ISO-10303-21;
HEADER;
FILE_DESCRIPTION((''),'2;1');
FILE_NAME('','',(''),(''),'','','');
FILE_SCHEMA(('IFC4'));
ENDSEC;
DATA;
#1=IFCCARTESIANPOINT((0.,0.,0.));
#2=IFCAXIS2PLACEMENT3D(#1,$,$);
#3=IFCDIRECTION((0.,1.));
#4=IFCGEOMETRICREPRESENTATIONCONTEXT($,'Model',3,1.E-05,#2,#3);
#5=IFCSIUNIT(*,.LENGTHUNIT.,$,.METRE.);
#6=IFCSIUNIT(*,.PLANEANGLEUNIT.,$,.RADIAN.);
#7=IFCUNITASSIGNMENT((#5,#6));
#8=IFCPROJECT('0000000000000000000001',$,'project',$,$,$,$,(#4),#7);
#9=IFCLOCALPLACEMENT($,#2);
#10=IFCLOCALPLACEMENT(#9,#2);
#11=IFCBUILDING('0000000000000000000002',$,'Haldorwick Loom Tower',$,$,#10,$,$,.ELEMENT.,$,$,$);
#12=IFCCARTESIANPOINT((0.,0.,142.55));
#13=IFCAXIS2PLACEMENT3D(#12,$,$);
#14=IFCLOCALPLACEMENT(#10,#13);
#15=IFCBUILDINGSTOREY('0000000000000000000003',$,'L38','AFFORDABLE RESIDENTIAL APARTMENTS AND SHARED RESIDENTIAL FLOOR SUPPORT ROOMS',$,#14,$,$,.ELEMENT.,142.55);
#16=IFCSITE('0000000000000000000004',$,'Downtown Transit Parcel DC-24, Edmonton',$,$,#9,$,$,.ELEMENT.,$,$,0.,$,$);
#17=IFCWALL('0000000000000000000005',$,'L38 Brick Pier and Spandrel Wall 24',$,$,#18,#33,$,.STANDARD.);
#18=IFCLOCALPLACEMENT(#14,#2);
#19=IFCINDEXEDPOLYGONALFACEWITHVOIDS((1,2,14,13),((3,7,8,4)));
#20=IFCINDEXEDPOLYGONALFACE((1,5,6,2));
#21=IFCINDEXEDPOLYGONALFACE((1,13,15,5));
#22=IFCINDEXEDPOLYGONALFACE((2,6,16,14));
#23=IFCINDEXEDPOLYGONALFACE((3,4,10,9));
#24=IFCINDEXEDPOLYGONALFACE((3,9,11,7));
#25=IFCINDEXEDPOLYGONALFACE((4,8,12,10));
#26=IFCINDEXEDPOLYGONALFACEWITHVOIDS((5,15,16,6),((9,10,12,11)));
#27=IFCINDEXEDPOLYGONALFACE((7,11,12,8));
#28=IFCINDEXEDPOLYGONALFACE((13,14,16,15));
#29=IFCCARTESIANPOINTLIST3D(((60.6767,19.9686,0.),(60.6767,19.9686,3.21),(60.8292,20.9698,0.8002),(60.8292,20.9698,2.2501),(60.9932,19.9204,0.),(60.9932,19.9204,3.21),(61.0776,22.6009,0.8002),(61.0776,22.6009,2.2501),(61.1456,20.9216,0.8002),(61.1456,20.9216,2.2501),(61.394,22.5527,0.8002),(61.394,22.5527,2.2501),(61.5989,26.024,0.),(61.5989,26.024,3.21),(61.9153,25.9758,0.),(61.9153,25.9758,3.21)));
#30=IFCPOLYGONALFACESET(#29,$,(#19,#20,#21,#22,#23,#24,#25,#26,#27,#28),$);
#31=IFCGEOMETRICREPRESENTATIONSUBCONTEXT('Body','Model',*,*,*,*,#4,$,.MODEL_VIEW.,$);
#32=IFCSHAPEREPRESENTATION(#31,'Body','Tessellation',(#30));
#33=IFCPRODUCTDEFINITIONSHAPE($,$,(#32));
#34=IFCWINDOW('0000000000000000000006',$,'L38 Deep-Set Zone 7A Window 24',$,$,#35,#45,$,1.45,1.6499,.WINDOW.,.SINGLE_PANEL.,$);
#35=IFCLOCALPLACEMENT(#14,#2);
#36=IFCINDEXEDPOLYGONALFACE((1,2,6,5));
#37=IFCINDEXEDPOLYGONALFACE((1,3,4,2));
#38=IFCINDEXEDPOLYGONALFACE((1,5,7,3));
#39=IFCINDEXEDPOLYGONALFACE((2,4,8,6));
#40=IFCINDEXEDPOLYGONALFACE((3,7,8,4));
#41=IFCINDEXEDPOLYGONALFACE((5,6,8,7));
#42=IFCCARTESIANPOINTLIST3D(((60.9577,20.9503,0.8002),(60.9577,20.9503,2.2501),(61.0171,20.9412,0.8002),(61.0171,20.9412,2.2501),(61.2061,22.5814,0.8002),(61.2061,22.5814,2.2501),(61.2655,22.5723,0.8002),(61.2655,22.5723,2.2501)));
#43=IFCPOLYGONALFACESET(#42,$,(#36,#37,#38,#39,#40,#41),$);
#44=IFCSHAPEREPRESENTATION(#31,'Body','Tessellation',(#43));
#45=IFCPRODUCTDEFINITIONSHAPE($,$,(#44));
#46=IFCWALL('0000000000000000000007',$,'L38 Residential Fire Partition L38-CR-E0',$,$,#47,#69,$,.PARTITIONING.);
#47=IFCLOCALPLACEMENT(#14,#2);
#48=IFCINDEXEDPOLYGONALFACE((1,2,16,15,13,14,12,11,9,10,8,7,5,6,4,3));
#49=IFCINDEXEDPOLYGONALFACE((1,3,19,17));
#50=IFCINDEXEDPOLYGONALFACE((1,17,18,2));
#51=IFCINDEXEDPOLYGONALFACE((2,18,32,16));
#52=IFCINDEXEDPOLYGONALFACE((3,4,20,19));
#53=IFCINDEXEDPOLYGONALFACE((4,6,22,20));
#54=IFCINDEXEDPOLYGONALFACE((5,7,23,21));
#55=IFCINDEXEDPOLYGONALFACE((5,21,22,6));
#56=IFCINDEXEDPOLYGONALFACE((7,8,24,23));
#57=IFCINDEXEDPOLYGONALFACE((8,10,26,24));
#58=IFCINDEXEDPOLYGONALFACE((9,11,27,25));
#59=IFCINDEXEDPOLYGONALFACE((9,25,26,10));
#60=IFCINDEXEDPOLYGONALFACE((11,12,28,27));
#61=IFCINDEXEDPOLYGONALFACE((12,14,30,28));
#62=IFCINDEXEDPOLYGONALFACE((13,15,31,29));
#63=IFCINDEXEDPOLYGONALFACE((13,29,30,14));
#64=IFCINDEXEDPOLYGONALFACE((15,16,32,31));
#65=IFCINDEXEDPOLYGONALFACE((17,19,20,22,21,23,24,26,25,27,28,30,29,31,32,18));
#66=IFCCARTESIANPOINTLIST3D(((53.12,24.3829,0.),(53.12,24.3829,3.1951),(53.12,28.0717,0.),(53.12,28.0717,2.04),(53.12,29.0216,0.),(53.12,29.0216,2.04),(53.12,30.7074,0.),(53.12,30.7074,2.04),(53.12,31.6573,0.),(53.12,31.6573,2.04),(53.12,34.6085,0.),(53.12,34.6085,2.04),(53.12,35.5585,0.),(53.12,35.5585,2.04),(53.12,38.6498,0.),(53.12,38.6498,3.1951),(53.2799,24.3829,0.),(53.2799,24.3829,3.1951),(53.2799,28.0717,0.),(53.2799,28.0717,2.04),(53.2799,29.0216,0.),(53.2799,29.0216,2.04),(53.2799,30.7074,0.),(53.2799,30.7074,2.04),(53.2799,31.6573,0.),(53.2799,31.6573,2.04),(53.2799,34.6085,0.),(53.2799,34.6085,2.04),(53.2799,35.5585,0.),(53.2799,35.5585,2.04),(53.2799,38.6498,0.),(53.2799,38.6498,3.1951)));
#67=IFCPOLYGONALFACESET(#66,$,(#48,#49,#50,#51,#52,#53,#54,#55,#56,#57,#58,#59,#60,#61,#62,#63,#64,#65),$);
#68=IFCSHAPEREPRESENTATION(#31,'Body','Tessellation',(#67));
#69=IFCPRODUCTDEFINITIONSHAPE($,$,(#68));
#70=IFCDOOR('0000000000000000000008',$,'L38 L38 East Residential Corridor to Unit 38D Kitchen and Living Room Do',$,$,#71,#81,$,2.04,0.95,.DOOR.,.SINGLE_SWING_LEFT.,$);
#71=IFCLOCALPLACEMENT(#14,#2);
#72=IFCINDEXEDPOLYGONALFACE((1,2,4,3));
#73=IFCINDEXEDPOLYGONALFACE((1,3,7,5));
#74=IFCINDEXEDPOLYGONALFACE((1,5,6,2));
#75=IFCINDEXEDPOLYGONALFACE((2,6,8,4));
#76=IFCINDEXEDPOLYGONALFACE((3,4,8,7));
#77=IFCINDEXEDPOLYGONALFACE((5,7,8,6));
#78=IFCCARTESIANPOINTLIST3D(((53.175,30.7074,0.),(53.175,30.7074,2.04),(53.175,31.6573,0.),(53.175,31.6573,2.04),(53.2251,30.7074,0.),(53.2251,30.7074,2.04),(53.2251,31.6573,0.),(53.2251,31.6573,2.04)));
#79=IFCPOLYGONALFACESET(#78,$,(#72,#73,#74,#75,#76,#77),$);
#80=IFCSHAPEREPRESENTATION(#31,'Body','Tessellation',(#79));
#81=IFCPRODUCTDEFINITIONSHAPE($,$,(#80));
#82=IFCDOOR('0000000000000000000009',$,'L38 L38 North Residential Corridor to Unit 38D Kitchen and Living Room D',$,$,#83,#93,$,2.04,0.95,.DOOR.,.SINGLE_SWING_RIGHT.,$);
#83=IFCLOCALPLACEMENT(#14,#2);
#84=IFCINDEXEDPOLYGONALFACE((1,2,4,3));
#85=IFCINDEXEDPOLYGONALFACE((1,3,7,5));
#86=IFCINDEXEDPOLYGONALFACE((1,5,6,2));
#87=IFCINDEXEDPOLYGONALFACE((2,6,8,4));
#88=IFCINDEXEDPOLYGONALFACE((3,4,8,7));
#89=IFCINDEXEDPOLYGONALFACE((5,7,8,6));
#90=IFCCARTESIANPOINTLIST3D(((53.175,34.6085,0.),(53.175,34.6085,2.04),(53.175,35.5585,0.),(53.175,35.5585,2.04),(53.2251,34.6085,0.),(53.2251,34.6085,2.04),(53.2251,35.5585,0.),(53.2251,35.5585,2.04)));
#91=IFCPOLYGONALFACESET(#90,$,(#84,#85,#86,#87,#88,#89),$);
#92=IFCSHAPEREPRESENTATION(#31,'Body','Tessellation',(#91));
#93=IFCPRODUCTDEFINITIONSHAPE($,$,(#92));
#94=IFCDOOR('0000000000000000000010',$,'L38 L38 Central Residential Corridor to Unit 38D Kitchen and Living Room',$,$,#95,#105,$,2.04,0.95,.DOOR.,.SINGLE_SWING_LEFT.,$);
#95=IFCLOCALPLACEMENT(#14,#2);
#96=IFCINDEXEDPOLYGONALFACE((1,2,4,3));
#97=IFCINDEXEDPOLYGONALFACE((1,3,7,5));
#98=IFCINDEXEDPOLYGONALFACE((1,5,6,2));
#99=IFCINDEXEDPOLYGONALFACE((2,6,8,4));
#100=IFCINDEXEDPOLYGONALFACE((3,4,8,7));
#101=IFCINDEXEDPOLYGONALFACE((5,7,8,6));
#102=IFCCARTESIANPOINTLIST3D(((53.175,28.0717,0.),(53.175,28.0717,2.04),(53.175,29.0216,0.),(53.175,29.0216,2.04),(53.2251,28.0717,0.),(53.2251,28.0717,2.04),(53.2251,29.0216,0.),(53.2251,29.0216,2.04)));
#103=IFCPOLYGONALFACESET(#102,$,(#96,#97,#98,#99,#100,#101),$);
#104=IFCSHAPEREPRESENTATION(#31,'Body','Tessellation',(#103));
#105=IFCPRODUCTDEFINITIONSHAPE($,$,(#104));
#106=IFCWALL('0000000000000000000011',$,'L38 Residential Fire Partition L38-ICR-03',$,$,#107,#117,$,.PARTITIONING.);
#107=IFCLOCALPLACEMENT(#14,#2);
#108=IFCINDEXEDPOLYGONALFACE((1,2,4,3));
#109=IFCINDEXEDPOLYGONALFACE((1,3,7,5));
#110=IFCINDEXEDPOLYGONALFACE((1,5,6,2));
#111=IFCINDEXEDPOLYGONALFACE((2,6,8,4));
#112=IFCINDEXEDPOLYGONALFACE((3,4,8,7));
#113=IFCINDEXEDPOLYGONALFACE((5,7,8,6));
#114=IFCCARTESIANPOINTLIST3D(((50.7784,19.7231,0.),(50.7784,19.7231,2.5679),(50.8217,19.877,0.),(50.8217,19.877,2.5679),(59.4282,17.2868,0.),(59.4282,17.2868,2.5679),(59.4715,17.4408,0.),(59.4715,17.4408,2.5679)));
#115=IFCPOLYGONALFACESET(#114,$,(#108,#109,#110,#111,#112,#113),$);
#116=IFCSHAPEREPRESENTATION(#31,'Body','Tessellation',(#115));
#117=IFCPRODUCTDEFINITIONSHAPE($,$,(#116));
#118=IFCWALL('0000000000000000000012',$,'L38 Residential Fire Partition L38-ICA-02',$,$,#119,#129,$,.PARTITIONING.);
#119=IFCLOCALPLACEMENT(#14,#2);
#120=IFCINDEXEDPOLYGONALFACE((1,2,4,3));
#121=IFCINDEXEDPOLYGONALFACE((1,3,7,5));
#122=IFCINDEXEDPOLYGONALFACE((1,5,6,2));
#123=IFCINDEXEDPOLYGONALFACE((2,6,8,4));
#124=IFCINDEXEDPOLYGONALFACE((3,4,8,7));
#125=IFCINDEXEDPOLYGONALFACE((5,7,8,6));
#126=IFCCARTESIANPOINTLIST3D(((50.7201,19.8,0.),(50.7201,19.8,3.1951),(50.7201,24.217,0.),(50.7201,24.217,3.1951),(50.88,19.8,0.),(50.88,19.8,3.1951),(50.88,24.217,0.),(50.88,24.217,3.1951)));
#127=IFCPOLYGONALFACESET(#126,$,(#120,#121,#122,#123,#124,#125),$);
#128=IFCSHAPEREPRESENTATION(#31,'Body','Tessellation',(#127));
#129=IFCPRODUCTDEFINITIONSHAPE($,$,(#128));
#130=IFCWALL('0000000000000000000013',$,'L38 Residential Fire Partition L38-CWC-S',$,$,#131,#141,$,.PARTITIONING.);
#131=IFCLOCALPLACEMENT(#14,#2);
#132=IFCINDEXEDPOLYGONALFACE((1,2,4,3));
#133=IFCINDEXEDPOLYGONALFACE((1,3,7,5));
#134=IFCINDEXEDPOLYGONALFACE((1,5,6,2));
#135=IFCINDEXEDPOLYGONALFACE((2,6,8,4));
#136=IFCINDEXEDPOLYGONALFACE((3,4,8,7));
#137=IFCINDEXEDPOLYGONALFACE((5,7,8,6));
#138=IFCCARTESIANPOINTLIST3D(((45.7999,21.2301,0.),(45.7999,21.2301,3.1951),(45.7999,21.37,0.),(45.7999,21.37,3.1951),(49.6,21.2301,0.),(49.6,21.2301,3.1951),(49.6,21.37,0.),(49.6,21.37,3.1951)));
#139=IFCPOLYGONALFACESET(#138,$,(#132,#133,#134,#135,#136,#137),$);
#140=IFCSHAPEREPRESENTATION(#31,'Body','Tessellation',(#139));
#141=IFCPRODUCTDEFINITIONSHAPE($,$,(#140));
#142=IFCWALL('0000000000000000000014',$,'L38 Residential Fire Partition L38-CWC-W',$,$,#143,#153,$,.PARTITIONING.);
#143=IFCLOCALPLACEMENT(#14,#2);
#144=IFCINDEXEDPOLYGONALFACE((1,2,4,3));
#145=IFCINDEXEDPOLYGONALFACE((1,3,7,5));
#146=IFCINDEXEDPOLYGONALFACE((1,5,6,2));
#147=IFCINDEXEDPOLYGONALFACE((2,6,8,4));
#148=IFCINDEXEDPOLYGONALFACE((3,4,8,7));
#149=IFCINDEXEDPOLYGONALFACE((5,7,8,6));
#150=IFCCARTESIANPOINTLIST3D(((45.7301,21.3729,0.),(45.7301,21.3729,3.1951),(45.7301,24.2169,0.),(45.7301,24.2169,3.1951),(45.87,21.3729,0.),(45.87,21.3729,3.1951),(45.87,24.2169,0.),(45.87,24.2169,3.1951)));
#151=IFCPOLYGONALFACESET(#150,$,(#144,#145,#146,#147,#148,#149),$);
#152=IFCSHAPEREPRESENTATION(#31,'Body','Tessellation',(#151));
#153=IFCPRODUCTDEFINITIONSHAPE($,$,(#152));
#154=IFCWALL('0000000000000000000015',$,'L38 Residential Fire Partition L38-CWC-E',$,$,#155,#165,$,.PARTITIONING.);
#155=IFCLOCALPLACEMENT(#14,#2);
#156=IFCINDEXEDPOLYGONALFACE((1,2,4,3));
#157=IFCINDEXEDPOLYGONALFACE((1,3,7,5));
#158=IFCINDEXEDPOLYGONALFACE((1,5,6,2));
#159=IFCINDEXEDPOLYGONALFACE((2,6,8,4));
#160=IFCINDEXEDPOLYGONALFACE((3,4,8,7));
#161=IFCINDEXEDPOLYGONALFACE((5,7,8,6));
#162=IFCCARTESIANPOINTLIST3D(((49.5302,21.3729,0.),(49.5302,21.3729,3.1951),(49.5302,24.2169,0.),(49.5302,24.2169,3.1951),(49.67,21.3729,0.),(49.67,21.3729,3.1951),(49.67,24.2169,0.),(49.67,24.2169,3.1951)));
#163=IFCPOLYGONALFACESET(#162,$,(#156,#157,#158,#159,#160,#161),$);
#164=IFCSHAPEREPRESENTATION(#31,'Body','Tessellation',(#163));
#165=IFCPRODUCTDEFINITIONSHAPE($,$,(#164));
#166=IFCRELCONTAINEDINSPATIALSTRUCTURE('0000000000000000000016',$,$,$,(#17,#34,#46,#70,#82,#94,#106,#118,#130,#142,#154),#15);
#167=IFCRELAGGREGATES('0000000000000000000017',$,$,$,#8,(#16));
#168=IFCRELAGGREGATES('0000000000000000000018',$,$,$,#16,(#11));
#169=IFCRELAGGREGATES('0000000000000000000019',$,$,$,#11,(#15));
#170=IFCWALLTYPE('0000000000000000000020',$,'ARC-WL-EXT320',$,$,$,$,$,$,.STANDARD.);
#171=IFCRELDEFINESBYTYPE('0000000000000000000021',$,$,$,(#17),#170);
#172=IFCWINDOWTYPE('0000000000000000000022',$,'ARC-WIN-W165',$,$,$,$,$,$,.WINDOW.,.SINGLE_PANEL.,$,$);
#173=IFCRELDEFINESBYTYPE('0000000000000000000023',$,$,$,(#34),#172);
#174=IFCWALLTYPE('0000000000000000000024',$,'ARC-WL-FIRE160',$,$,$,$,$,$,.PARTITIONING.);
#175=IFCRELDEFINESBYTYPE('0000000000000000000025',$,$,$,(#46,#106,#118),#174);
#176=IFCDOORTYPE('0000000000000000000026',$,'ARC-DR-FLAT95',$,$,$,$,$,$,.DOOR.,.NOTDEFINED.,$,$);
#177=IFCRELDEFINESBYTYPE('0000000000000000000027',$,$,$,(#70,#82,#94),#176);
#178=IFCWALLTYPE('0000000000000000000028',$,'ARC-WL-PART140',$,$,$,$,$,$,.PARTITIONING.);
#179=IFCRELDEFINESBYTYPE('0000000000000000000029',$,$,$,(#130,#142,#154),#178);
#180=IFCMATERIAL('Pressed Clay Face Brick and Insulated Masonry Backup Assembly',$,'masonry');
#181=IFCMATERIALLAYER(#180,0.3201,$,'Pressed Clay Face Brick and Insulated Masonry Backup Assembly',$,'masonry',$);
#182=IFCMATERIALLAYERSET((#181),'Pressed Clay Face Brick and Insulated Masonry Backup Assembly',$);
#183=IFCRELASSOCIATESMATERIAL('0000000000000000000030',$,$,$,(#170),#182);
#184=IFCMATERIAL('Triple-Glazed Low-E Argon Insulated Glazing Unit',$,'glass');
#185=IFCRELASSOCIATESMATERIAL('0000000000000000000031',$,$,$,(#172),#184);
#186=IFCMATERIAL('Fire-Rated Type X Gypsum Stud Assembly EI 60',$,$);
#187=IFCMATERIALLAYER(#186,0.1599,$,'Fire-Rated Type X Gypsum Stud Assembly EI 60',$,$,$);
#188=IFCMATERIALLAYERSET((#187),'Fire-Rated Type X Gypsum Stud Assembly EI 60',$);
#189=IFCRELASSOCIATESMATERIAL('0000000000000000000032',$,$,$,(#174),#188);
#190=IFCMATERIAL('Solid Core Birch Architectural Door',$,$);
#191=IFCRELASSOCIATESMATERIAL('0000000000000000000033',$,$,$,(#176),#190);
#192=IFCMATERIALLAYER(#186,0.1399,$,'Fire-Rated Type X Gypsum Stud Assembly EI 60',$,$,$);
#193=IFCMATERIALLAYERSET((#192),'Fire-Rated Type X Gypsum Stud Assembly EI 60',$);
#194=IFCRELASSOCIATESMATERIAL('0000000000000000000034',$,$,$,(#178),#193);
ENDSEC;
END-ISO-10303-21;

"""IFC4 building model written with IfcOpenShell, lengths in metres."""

from ifc_helpers import new_model, si_unit, direction, frame, frame_2d, origin, place, context, subcontext, project, spatial, rectangle, extrude, material, layer, layer_set, type_object, element, fill, save


model = new_model("IFC4")

# Units and contexts
model_context = context("Model", 3, precision=1e-05, world=origin(), true_north=direction((0.0, 1.0)))
body_context = subcontext(model_context, "Body", "Model", "MODEL_VIEW")
ifc_project = project(units=[si_unit("LENGTHUNIT", "METRE"), si_unit("PLANEANGLEUNIT", "RADIAN")], contexts=[model_context])

# Site, building, storey
site_placement = place(None, origin())
site = spatial("IfcSite", under=ifc_project, at=site_placement, Name="Downtown Transit Parcel DC-24, Edmonton", CompositionType="ELEMENT", RefElevation=0.0)
building_placement = place(site_placement, origin())
building = spatial("IfcBuilding", under=site, at=building_placement, Name="Haldorwick Loom Tower", CompositionType="ELEMENT")
storey_placement = place(building_placement, frame((0.0, 0.0, 142.55)))
storey = spatial("IfcBuildingStorey", under=building, at=storey_placement, Name="L38", Description="AFFORDABLE RESIDENTIAL APARTMENTS AND SHARED RESIDENTIAL FLOOR SUPPORT ROOMS", CompositionType="ELEMENT", Elevation=142.55)

# Shared definitions
ifc_material_1 = material(Name="Pressed Clay Face Brick and Insulated Masonry Backup Assembly", Category="masonry")
ifc_layer_1 = layer(ifc_material_1, 0.3201, Name="Pressed Clay Face Brick and Insulated Masonry Backup Assembly", Category="masonry")
ifc_layer_set_1 = layer_set([ifc_layer_1], Name="Pressed Clay Face Brick and Insulated Masonry Backup Assembly")
wall_type_1 = type_object("IfcWallType", Name="ARC-WL-EXT320", PredefinedType="STANDARD", material=ifc_layer_set_1)
ifc_material_2 = material(Name="Triple-Glazed Low-E Argon Insulated Glazing Unit", Category="glass")
window_type = type_object("IfcWindowType", Name="ARC-WIN-W165", PartitioningType="SINGLE_PANEL", PredefinedType="WINDOW", material=ifc_material_2)

# Wall, opening, window
wall_1_placement = place(storey_placement, frame((60.835, 19.9446, 0.0), z_axis=(0.0, 0.0, 1.0), x_axis=(0.150544, 0.988603, 0.0)))
wall_1 = element("IfcWall", 1, at=wall_1_placement, inside=storey, type_object=wall_type_1, Name="L38 Brick Pier and Spandrel Wall 24", PredefinedType="STANDARD", context=body_context, shape_type="SweptSolid", body=[
    extrude(rectangle(XDim=6.1252, YDim=0.3201, at=frame_2d((3.0625, 0.0))), origin(), (0.0, 0.0, 1.0), 3.21),
])
opening_1_placement = place(wall_1_placement, frame((1.0127, 0.0, 0.8)))
opening_1 = element("IfcOpeningElement", 2, at=opening_1_placement, cuts=wall_1, PredefinedType="OPENING", context=body_context, shape_type="SweptSolid", body=[
    extrude(rectangle(XDim=1.6499, YDim=1.45, at=frame_2d((0.825, 0.7251))), frame((0.0, 0.1699, 0.0), z_axis=(0.0, -1.0, 0.0), x_axis=(1.0, 0.0, 0.0)), (0.0, 0.0, 1.0), 0.3401),
])
window_1_placement = place(opening_1_placement, origin())
window_1 = element("IfcWindow", 3, at=window_1_placement, inside=storey, type_object=window_type, Name="L38 Deep-Set Zone 7A Window 24", OverallHeight=1.45, OverallWidth=1.6499, PartitioningType="SINGLE_PANEL", PredefinedType="WINDOW", context=body_context, shape_type="SweptSolid", body=[
    extrude(rectangle(XDim=1.6499, YDim=1.45, at=frame_2d((0.825, 0.7251))), frame((0.0, 0.03, 0.0), z_axis=(0.0, -1.0, 0.0), x_axis=(1.0, 0.0, 0.0)), (0.0, 0.0, 1.0), 0.0601),
])
fill(opening_1, window_1)

# Wall, openings, doors
ifc_material_3 = material(Name="Fire-Rated Type X Gypsum Stud Assembly EI 60")
ifc_layer_2 = layer(ifc_material_3, 0.1599, Name="Fire-Rated Type X Gypsum Stud Assembly EI 60")
ifc_layer_set_2 = layer_set([ifc_layer_2], Name="Fire-Rated Type X Gypsum Stud Assembly EI 60")
wall_type_2 = type_object("IfcWallType", Name="ARC-WL-FIRE160", PredefinedType="PARTITIONING", material=ifc_layer_set_2)
wall_2_placement = place(storey_placement, frame((53.2, 24.3831, 0.0), z_axis=(0.0, 0.0, 1.0), x_axis=(0.0, 1.0, 0.0)))
wall_2 = element("IfcWall", 4, at=wall_2_placement, inside=storey, type_object=wall_type_2, Name="L38 Residential Fire Partition L38-CR-E0", PredefinedType="PARTITIONING", context=body_context, shape_type="SweptSolid", body=[
    extrude(rectangle(XDim=14.2668, YDim=0.1599, at=frame_2d((7.1333, 0.0))), origin(), (0.0, 0.0, 1.0), 3.1951),
])
opening_2_placement = place(wall_2_placement, frame((6.3242, 0.0, 0.0)))
opening_2 = element("IfcOpeningElement", 5, at=opening_2_placement, cuts=wall_2, PredefinedType="OPENING", context=body_context, shape_type="SweptSolid", body=[
    extrude(rectangle(XDim=0.95, YDim=2.04, at=frame_2d((0.4751, 1.02))), frame((0.0, 0.0898, 0.0), z_axis=(0.0, -1.0, 0.0), x_axis=(1.0, 0.0, 0.0)), (0.0, 0.0, 1.0), 0.1799),
])
opening_3_placement = place(wall_2_placement, frame((10.2253, 0.0, 0.0)))
opening_3 = element("IfcOpeningElement", 6, at=opening_3_placement, cuts=wall_2, PredefinedType="OPENING", context=body_context, shape_type="SweptSolid", body=[
    extrude(rectangle(XDim=0.95, YDim=2.04, at=frame_2d((0.4751, 1.02))), frame((0.0, 0.0898, 0.0), z_axis=(0.0, -1.0, 0.0), x_axis=(1.0, 0.0, 0.0)), (0.0, 0.0, 1.0), 0.1799),
])
opening_4_placement = place(wall_2_placement, frame((3.6885, 0.0, 0.0)))
opening_4 = element("IfcOpeningElement", 7, at=opening_4_placement, cuts=wall_2, PredefinedType="OPENING", context=body_context, shape_type="SweptSolid", body=[
    extrude(rectangle(XDim=0.95, YDim=2.04, at=frame_2d((0.4751, 1.02))), frame((0.0, 0.0898, 0.0), z_axis=(0.0, -1.0, 0.0), x_axis=(1.0, 0.0, 0.0)), (0.0, 0.0, 1.0), 0.1799),
])
ifc_material_4 = material(Name="Solid Core Birch Architectural Door")
door_type_1 = type_object("IfcDoorType", Name="ARC-DR-FLAT95", OperationType="NOTDEFINED", PredefinedType="DOOR", material=ifc_material_4)
door_1_placement = place(opening_2_placement, origin())
door_1 = element("IfcDoor", 8, at=door_1_placement, inside=storey, type_object=door_type_1, Name="L38 L38 East Residential Corridor to Unit 38D Kitchen and Living Room Do", OperationType="SINGLE_SWING_LEFT", OverallHeight=2.04, OverallWidth=0.95, PredefinedType="DOOR", context=body_context, shape_type="SweptSolid", body=[
    extrude(rectangle(XDim=0.95, YDim=2.04, at=frame_2d((0.4751, 1.02))), frame((0.0, 0.0249, 0.0), z_axis=(0.0, -1.0, 0.0), x_axis=(1.0, 0.0, 0.0)), (0.0, 0.0, 1.0), 0.05),
])
fill(opening_2, door_1)
door_2_placement = place(opening_3_placement, origin())
door_2 = element("IfcDoor", 9, at=door_2_placement, inside=storey, type_object=door_type_1, Name="L38 L38 North Residential Corridor to Unit 38D Kitchen and Living Room D", OperationType="SINGLE_SWING_RIGHT", OverallHeight=2.04, OverallWidth=0.95, PredefinedType="DOOR", context=body_context, shape_type="SweptSolid", body=[
    extrude(rectangle(XDim=0.95, YDim=2.04, at=frame_2d((0.4751, 1.02))), frame((0.0, 0.0249, 0.0), z_axis=(0.0, -1.0, 0.0), x_axis=(1.0, 0.0, 0.0)), (0.0, 0.0, 1.0), 0.05),
])
fill(opening_3, door_2)
door_3_placement = place(opening_4_placement, origin())
door_3 = element("IfcDoor", 10, at=door_3_placement, inside=storey, type_object=door_type_1, Name="L38 L38 Central Residential Corridor to Unit 38D Kitchen and Living Room", OperationType="SINGLE_SWING_LEFT", OverallHeight=2.04, OverallWidth=0.95, PredefinedType="DOOR", context=body_context, shape_type="SweptSolid", body=[
    extrude(rectangle(XDim=0.95, YDim=2.04, at=frame_2d((0.4751, 1.02))), frame((0.0, 0.0249, 0.0), z_axis=(0.0, -1.0, 0.0), x_axis=(1.0, 0.0, 0.0)), (0.0, 0.0, 1.0), 0.05),
])
fill(opening_4, door_3)

# Walls
wall_3_placement = place(storey_placement, frame((50.8, 19.8, 0.0), z_axis=(0.0, 0.0, 1.0), x_axis=(0.96255, -0.271106, 0.0)))
element("IfcWall", 11, at=wall_3_placement, inside=storey, type_object=wall_type_2, Name="L38 Residential Fire Partition L38-ICR-03", PredefinedType="PARTITIONING", context=body_context, shape_type="SweptSolid", body=[
    extrude(rectangle(XDim=8.9863, YDim=0.1599, at=frame_2d((4.4932, 0.0))), origin(), (0.0, 0.0, 1.0), 2.5679),
])
wall_4_placement = place(storey_placement, frame((50.8, 24.217, 0.0), z_axis=(0.0, 0.0, 1.0), x_axis=(0.0, -1.0, 0.0)))
element("IfcWall", 12, at=wall_4_placement, inside=storey, type_object=wall_type_2, Name="L38 Residential Fire Partition L38-ICA-02", PredefinedType="PARTITIONING", context=body_context, shape_type="SweptSolid", body=[
    extrude(rectangle(XDim=4.417, YDim=0.1599, at=frame_2d((2.2085, 0.0))), origin(), (0.0, 0.0, 1.0), 3.1951),
])
ifc_layer_3 = layer(ifc_material_3, 0.1399, Name="Fire-Rated Type X Gypsum Stud Assembly EI 60")
ifc_layer_set_3 = layer_set([ifc_layer_3], Name="Fire-Rated Type X Gypsum Stud Assembly EI 60")
wall_type_3 = type_object("IfcWallType", Name="ARC-WL-PART140", PredefinedType="PARTITIONING", material=ifc_layer_set_3)
wall_5_placement = place(storey_placement, frame((45.8, 21.3, 0.0), z_axis=(0.0, 0.0, 1.0), x_axis=(1.0, 0.0, 0.0)))
element("IfcWall", 13, at=wall_5_placement, inside=storey, type_object=wall_type_3, Name="L38 Residential Fire Partition L38-CWC-S", PredefinedType="PARTITIONING", context=body_context, shape_type="SweptSolid", body=[
    extrude(rectangle(XDim=3.8, YDim=0.1399, at=frame_2d((1.8999, 0.0))), origin(), (0.0, 0.0, 1.0), 3.1951),
])
for number, where, z_axis, x_axis, name in (
    (14, (45.8, 21.373, 0.0), (0.0, 0.0, 1.0), (0.0, 1.0, 0.0), "L38 Residential Fire Partition L38-CWC-W"),
    (15, (49.6001, 21.373, 0.0), (0.0, 0.0, 1.0), (0.0, 1.0, 0.0), "L38 Residential Fire Partition L38-CWC-E"),
):
    element("IfcWall", number, at=place(storey_placement, frame(where, z_axis=z_axis, x_axis=x_axis)), inside=storey, type_object=wall_type_3, Name=name, PredefinedType="PARTITIONING", context=body_context, shape_type="SweptSolid", body=[
        extrude(rectangle(XDim=2.844, YDim=0.1399, at=frame_2d((1.4219, 0.0))), origin(), (0.0, 0.0, 1.0), 3.1951),
    ])

save(model, "model.ifc")
